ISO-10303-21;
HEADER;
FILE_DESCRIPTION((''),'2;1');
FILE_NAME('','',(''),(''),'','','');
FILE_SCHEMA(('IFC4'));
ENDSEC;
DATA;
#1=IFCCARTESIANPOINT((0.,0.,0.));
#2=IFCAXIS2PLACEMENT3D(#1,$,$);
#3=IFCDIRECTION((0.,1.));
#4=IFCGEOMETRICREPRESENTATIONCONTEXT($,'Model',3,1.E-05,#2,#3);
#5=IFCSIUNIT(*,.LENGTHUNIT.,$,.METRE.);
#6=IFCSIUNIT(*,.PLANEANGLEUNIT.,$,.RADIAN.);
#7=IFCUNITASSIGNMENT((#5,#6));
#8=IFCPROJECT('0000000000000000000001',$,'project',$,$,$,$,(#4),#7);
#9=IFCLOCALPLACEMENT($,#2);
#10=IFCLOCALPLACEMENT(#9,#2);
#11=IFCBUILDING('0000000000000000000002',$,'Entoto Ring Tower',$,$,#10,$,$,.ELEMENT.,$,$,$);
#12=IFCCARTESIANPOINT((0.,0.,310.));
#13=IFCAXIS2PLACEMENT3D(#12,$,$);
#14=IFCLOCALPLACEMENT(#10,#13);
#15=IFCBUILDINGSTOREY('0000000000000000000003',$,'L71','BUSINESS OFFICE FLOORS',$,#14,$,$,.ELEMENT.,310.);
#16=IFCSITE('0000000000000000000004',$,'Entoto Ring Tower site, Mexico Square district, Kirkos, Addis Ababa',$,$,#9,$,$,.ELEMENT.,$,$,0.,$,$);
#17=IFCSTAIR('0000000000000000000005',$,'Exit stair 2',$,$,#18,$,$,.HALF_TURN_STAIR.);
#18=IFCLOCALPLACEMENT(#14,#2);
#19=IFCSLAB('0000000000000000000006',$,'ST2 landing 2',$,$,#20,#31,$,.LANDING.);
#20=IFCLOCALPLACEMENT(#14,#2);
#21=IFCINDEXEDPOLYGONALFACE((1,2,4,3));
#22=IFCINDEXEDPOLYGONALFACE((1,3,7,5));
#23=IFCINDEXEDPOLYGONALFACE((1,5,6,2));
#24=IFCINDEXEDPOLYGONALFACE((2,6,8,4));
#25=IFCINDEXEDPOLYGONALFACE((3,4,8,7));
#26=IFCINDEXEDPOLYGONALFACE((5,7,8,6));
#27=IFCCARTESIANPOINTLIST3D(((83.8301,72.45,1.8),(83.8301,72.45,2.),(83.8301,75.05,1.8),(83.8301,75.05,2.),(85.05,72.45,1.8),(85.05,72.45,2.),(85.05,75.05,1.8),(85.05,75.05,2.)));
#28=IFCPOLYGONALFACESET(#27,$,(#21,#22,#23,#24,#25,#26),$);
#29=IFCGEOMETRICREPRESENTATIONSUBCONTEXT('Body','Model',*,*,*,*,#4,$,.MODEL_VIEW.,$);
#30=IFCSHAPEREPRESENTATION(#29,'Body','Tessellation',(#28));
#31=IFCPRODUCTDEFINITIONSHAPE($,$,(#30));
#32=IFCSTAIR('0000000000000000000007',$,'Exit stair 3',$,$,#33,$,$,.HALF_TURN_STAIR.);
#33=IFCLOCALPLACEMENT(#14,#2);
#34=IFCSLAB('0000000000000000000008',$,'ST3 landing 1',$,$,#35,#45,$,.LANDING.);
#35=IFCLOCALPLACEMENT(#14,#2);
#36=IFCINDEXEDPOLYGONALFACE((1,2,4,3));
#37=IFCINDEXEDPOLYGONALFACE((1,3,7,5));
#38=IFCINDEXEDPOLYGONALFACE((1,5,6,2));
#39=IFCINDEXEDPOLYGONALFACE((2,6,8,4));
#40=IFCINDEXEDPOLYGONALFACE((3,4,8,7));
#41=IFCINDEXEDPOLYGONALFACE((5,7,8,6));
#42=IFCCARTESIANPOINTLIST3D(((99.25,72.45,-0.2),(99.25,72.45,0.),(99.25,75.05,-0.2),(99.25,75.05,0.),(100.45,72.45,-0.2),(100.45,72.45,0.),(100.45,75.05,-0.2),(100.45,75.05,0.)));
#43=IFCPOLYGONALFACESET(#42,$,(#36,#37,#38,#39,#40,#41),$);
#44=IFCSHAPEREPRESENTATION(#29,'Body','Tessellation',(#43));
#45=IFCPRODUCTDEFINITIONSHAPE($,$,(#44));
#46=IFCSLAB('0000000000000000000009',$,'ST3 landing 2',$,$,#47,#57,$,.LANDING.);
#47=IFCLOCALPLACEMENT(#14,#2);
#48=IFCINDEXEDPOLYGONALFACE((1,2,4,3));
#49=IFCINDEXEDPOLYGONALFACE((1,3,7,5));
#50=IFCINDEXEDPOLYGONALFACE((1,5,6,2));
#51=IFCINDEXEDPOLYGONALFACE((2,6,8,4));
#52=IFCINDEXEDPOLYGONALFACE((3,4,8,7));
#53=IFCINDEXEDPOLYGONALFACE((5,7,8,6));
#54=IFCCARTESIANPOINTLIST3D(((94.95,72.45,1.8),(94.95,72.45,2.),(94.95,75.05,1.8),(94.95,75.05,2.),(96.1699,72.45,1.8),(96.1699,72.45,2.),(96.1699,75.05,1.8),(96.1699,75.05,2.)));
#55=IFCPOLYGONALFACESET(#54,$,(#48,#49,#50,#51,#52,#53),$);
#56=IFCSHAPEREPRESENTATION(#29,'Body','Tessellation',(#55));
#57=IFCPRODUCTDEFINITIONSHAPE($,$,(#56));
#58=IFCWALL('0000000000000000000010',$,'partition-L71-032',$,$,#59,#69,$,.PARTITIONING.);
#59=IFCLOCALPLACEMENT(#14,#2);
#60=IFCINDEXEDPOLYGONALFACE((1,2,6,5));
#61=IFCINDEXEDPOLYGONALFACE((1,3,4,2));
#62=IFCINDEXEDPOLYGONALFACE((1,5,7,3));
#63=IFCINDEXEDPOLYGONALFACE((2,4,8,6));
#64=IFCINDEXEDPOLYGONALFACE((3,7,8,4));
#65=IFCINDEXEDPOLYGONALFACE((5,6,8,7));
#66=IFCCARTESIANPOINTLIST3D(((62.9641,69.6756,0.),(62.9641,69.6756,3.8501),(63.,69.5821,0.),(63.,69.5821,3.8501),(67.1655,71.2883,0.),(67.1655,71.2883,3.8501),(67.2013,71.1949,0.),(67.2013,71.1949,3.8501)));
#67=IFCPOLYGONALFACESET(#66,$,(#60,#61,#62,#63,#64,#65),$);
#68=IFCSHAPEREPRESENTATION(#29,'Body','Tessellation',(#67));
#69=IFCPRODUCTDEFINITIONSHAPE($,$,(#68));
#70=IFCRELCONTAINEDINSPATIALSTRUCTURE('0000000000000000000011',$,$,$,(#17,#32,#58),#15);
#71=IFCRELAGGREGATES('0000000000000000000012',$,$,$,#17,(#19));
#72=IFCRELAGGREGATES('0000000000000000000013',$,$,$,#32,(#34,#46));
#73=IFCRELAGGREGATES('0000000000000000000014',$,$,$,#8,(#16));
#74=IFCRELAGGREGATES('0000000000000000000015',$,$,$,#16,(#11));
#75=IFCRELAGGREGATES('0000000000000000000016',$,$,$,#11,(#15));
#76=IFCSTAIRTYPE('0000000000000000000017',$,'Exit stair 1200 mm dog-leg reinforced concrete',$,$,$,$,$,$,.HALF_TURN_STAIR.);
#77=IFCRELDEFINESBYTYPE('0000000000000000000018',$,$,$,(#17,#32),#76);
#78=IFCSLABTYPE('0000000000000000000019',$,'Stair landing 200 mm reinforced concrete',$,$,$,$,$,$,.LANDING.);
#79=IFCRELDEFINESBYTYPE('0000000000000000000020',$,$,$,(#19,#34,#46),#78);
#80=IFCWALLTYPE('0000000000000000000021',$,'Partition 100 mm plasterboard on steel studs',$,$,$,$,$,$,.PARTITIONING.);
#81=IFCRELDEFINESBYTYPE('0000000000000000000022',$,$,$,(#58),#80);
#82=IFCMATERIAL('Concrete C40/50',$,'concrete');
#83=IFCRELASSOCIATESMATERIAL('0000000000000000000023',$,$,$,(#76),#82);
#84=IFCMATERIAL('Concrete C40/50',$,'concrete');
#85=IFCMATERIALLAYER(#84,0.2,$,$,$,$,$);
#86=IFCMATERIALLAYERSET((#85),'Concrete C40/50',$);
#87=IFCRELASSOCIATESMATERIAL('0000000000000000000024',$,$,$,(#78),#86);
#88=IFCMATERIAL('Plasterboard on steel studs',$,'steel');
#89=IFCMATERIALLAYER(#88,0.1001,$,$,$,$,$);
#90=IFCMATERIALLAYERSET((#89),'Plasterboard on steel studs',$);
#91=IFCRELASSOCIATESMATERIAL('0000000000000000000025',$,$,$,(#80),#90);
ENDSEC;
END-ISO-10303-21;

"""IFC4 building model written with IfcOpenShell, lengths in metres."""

from ifc_helpers import new_model, si_unit, direction, frame, frame_2d, origin, place, context, subcontext, project, spatial, polyline, rectangle, outline, extrude, material, layer, layer_set, type_object, element, aggregate, save


model = new_model("IFC4")

# Units and contexts
model_context = context("Model", 3, precision=1e-05, world=origin(), true_north=direction((0.0, 1.0)))
body_context = subcontext(model_context, "Body", "Model", "MODEL_VIEW")
ifc_project = project(units=[si_unit("LENGTHUNIT", "METRE"), si_unit("PLANEANGLEUNIT", "RADIAN")], contexts=[model_context])

# Site, building, storey
site_placement = place(None, origin())
site = spatial("IfcSite", under=ifc_project, at=site_placement, Name="Entoto Ring Tower site, Mexico Square district, Kirkos, Addis Ababa", CompositionType="ELEMENT", RefElevation=0.0)
building_placement = place(site_placement, origin())
building = spatial("IfcBuilding", under=site, at=building_placement, Name="Entoto Ring Tower", CompositionType="ELEMENT")
storey_placement = place(building_placement, frame((0.0, 0.0, 310.0)))
storey = spatial("IfcBuildingStorey", under=building, at=storey_placement, Name="L71", Description="BUSINESS OFFICE FLOORS", CompositionType="ELEMENT", Elevation=310.0)

# Stairs, slabs
ifc_material_1 = material(Name="Concrete C40/50", Category="concrete")
stair_type = type_object("IfcStairType", Name="Exit stair 1200 mm dog-leg reinforced concrete", PredefinedType="HALF_TURN_STAIR", material=ifc_material_1)
stair_1_placement = place(storey_placement, origin())
stair_1 = element("IfcStair", 1, at=stair_1_placement, inside=storey, type_object=stair_type, Name="Exit stair 2", PredefinedType="HALF_TURN_STAIR")
ifc_material_2 = material(Name="Concrete C40/50", Category="concrete")
ifc_layer_1 = layer(ifc_material_2, 0.2)
ifc_layer_set_1 = layer_set([ifc_layer_1], Name="Concrete C40/50")
slab_type_1 = type_object("IfcSlabType", Name="Stair landing 200 mm reinforced concrete", PredefinedType="LANDING", material=ifc_layer_set_1)
slab_1_placement = place(storey_placement, frame((0.0, 0.0, 1.8)))
slab_1 = element("IfcSlab", 2, at=slab_1_placement, type_object=slab_type_1, Name="ST2 landing 2", PredefinedType="LANDING", context=body_context, shape_type="SweptSolid", body=[
    extrude(outline(polyline([(83.8301, 72.45), (85.05, 72.45), (85.05, 75.05), (83.8301, 75.05), (83.8301, 72.45)])), origin(), (0.0, 0.0, 1.0), 0.2),
])
aggregate(stair_1, [slab_1])
stair_2_placement = place(storey_placement, origin())
stair_2 = element("IfcStair", 3, at=stair_2_placement, inside=storey, type_object=stair_type, Name="Exit stair 3", PredefinedType="HALF_TURN_STAIR")
slab_2_placement = place(storey_placement, frame((0.0, 0.0, -0.2)))
slab_2 = element("IfcSlab", 4, at=slab_2_placement, type_object=slab_type_1, Name="ST3 landing 1", PredefinedType="LANDING", context=body_context, shape_type="SweptSolid", body=[
    extrude(outline(polyline([(100.45, 72.45), (100.45, 75.05), (99.25, 75.05), (99.25, 72.45), (100.45, 72.45)])), origin(), (0.0, 0.0, 1.0), 0.2),
])
slab_3_placement = place(storey_placement, frame((0.0, 0.0, 1.8)))
slab_3 = element("IfcSlab", 5, at=slab_3_placement, type_object=slab_type_1, Name="ST3 landing 2", PredefinedType="LANDING", context=body_context, shape_type="SweptSolid", body=[
    extrude(outline(polyline([(94.95, 72.45), (96.1699, 72.45), (96.1699, 75.05), (94.95, 75.05), (94.95, 72.45)])), origin(), (0.0, 0.0, 1.0), 0.2),
])
aggregate(stair_2, [slab_2, slab_3])

# Wall
ifc_material_3 = material(Name="Plasterboard on steel studs", Category="steel")
ifc_layer_2 = layer(ifc_material_3, 0.1001)
ifc_layer_set_2 = layer_set([ifc_layer_2], Name="Plasterboard on steel studs")
wall_type = type_object("IfcWallType", Name="Partition 100 mm plasterboard on steel studs", PredefinedType="PARTITIONING", material=ifc_layer_set_2)
wall_placement = place(storey_placement, frame((62.9822, 69.6289, 0.0), z_axis=(0.0, 0.0, 1.0), x_axis=(0.933579, 0.358372, 0.0)))
element("IfcWall", 6, at=wall_placement, inside=storey, type_object=wall_type, Name="partition-L71-032", PredefinedType="PARTITIONING", context=body_context, shape_type="SweptSolid", body=[
    extrude(rectangle(XDim=4.5002, YDim=0.1001, at=frame_2d((2.25, 0.0))), origin(), (0.0, 0.0, 1.0), 3.8501),
])

save(model, "model.ifc")
